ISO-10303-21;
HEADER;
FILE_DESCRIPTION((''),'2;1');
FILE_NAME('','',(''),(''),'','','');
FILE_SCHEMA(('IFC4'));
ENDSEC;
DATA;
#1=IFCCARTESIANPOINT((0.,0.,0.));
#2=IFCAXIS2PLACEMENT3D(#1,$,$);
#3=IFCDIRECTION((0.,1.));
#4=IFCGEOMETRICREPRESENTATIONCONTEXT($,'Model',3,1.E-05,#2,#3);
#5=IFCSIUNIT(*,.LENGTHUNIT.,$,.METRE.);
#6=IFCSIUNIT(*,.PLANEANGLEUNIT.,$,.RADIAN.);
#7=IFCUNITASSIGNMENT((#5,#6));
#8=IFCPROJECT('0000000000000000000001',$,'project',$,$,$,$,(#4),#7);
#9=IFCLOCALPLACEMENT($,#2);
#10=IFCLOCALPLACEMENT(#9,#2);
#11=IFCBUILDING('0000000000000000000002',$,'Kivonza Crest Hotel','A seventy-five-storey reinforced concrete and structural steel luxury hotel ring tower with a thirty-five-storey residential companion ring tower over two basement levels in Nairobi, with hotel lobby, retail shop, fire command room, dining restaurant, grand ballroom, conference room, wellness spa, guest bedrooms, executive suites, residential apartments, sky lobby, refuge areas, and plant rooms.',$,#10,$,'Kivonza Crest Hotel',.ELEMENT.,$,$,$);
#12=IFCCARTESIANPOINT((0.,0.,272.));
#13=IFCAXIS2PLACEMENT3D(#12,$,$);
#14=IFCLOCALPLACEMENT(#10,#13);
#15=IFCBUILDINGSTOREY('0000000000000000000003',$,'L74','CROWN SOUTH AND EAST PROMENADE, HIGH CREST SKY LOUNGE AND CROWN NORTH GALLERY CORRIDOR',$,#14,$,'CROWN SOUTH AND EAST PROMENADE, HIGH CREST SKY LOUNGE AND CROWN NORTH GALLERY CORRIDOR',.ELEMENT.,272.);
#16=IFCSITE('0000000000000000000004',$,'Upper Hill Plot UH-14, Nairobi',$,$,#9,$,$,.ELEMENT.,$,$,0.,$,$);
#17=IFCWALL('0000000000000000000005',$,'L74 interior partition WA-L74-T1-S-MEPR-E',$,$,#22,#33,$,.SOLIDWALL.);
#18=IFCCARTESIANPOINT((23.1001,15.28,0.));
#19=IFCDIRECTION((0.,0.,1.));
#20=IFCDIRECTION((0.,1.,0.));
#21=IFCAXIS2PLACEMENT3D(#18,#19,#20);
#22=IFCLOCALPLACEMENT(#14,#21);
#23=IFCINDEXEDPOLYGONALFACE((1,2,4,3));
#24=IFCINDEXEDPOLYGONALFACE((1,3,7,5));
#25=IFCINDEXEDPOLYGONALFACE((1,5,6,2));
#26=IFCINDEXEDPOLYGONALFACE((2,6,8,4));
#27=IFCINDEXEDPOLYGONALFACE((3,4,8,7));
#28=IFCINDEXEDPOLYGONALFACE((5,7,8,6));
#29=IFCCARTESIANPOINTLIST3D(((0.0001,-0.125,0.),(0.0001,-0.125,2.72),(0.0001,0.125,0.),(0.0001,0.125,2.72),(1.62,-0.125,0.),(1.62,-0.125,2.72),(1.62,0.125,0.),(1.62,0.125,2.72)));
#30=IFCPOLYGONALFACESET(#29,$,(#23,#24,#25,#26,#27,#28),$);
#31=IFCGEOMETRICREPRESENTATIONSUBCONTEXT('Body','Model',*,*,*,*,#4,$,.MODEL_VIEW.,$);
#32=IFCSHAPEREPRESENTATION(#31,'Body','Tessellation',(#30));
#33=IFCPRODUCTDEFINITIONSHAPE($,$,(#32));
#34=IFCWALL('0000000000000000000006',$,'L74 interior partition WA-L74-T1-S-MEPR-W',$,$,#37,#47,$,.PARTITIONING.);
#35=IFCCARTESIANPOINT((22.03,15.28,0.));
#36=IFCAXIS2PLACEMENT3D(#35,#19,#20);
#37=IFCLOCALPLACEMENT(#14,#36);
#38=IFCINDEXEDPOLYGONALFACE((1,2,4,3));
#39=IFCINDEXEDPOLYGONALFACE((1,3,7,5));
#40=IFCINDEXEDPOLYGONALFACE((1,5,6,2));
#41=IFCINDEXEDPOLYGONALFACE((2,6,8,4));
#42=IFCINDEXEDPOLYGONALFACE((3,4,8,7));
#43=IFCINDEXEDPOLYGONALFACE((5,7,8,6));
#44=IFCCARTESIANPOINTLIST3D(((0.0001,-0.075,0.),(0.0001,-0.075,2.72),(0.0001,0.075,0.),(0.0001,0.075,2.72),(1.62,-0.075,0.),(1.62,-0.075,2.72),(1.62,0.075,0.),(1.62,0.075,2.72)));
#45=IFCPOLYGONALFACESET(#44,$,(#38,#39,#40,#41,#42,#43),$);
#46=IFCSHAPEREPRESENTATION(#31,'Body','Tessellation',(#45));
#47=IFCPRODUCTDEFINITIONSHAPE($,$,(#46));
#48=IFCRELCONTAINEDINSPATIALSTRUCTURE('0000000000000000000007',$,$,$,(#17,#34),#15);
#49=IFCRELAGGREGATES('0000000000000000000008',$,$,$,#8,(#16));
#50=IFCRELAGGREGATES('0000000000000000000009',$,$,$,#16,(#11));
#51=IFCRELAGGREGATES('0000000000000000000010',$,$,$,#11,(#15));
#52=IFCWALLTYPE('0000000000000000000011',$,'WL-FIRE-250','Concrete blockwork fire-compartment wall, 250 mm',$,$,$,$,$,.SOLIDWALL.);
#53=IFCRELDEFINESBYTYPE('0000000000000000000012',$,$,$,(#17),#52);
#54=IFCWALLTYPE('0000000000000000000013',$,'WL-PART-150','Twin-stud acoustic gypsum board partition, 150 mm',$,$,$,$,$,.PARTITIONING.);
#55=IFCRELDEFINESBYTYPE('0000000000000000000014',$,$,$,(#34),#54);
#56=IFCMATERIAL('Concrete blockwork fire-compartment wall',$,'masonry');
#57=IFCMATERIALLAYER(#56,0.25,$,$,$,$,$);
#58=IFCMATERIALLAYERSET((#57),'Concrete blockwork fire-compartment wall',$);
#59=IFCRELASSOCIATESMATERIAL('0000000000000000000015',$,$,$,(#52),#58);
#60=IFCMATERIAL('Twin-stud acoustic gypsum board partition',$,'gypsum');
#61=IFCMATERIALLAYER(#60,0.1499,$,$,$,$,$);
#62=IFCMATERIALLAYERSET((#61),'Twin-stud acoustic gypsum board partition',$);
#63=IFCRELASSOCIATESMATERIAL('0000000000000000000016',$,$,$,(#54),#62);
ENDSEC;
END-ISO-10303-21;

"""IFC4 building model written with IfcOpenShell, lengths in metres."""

from ifc_helpers import new_model, si_unit, direction, frame, frame_2d, origin, place, context, subcontext, project, spatial, rectangle, extrude, material, layer, layer_set, type_object, element, save


model = new_model("IFC4")

# Units and contexts
model_context = context("Model", 3, precision=1e-05, world=origin(), true_north=direction((0.0, 1.0)))
body_context = subcontext(model_context, "Body", "Model", "MODEL_VIEW")
ifc_project = project(units=[si_unit("LENGTHUNIT", "METRE"), si_unit("PLANEANGLEUNIT", "RADIAN")], contexts=[model_context])

# Site, building, storey
site_placement = place(None, origin())
site = spatial("IfcSite", under=ifc_project, at=site_placement, Name="Upper Hill Plot UH-14, Nairobi", CompositionType="ELEMENT", RefElevation=0.0)
building_placement = place(site_placement, origin())
building = spatial("IfcBuilding", under=site, at=building_placement, Name="Kivonza Crest Hotel", Description="A seventy-five-storey reinforced concrete and structural steel luxury hotel ring tower with a thirty-five-storey residential companion ring tower over two basement levels in Nairobi, with hotel lobby, retail shop, fire command room, dining restaurant, grand ballroom, conference room, wellness spa, guest bedrooms, executive suites, residential apartments, sky lobby, refuge areas, and plant rooms.", LongName="Kivonza Crest Hotel", CompositionType="ELEMENT")
storey_placement = place(building_placement, frame((0.0, 0.0, 272.0)))
storey = spatial("IfcBuildingStorey", under=building, at=storey_placement, Name="L74", Description="CROWN SOUTH AND EAST PROMENADE, HIGH CREST SKY LOUNGE AND CROWN NORTH GALLERY CORRIDOR", LongName="CROWN SOUTH AND EAST PROMENADE, HIGH CREST SKY LOUNGE AND CROWN NORTH GALLERY CORRIDOR", CompositionType="ELEMENT", Elevation=272.0)

# Wall
ifc_material_1 = material(Name="Concrete blockwork fire-compartment wall", Category="masonry")
ifc_layer_1 = layer(ifc_material_1, 0.25)
ifc_layer_set_1 = layer_set([ifc_layer_1], Name="Concrete blockwork fire-compartment wall")
wall_type_1 = type_object("IfcWallType", Name="WL-FIRE-250", Description="Concrete blockwork fire-compartment wall, 250 mm", PredefinedType="SOLIDWALL", material=ifc_layer_set_1)
wall_1_placement = place(storey_placement, frame((23.1001, 15.28, 0.0), z_axis=(0.0, 0.0, 1.0), x_axis=(0.0, 1.0, 0.0)))
element("IfcWall", 1, at=wall_1_placement, inside=storey, type_object=wall_type_1, Name="L74 interior partition WA-L74-T1-S-MEPR-E", PredefinedType="SOLIDWALL", context=body_context, shape_type="SweptSolid", body=[
    extrude(rectangle(XDim=1.6199, YDim=0.25, at=frame_2d((0.8101, 0.0))), origin(), (0.0, 0.0, 1.0), 2.72),
])

# Wall
ifc_material_2 = material(Name="Twin-stud acoustic gypsum board partition", Category="gypsum")
ifc_layer_2 = layer(ifc_material_2, 0.1499)
ifc_layer_set_2 = layer_set([ifc_layer_2], Name="Twin-stud acoustic gypsum board partition")
wall_type_2 = type_object("IfcWallType", Name="WL-PART-150", Description="Twin-stud acoustic gypsum board partition, 150 mm", PredefinedType="PARTITIONING", material=ifc_layer_set_2)
wall_2_placement = place(storey_placement, frame((22.03, 15.28, 0.0), z_axis=(0.0, 0.0, 1.0), x_axis=(0.0, 1.0, 0.0)))
element("IfcWall", 2, at=wall_2_placement, inside=storey, type_object=wall_type_2, Name="L74 interior partition WA-L74-T1-S-MEPR-W", PredefinedType="PARTITIONING", context=body_context, shape_type="SweptSolid", body=[
    extrude(rectangle(XDim=1.6199, YDim=0.1499, at=frame_2d((0.8101, 0.0))), origin(), (0.0, 0.0, 1.0), 2.72),
])

save(model, "model.ifc")
